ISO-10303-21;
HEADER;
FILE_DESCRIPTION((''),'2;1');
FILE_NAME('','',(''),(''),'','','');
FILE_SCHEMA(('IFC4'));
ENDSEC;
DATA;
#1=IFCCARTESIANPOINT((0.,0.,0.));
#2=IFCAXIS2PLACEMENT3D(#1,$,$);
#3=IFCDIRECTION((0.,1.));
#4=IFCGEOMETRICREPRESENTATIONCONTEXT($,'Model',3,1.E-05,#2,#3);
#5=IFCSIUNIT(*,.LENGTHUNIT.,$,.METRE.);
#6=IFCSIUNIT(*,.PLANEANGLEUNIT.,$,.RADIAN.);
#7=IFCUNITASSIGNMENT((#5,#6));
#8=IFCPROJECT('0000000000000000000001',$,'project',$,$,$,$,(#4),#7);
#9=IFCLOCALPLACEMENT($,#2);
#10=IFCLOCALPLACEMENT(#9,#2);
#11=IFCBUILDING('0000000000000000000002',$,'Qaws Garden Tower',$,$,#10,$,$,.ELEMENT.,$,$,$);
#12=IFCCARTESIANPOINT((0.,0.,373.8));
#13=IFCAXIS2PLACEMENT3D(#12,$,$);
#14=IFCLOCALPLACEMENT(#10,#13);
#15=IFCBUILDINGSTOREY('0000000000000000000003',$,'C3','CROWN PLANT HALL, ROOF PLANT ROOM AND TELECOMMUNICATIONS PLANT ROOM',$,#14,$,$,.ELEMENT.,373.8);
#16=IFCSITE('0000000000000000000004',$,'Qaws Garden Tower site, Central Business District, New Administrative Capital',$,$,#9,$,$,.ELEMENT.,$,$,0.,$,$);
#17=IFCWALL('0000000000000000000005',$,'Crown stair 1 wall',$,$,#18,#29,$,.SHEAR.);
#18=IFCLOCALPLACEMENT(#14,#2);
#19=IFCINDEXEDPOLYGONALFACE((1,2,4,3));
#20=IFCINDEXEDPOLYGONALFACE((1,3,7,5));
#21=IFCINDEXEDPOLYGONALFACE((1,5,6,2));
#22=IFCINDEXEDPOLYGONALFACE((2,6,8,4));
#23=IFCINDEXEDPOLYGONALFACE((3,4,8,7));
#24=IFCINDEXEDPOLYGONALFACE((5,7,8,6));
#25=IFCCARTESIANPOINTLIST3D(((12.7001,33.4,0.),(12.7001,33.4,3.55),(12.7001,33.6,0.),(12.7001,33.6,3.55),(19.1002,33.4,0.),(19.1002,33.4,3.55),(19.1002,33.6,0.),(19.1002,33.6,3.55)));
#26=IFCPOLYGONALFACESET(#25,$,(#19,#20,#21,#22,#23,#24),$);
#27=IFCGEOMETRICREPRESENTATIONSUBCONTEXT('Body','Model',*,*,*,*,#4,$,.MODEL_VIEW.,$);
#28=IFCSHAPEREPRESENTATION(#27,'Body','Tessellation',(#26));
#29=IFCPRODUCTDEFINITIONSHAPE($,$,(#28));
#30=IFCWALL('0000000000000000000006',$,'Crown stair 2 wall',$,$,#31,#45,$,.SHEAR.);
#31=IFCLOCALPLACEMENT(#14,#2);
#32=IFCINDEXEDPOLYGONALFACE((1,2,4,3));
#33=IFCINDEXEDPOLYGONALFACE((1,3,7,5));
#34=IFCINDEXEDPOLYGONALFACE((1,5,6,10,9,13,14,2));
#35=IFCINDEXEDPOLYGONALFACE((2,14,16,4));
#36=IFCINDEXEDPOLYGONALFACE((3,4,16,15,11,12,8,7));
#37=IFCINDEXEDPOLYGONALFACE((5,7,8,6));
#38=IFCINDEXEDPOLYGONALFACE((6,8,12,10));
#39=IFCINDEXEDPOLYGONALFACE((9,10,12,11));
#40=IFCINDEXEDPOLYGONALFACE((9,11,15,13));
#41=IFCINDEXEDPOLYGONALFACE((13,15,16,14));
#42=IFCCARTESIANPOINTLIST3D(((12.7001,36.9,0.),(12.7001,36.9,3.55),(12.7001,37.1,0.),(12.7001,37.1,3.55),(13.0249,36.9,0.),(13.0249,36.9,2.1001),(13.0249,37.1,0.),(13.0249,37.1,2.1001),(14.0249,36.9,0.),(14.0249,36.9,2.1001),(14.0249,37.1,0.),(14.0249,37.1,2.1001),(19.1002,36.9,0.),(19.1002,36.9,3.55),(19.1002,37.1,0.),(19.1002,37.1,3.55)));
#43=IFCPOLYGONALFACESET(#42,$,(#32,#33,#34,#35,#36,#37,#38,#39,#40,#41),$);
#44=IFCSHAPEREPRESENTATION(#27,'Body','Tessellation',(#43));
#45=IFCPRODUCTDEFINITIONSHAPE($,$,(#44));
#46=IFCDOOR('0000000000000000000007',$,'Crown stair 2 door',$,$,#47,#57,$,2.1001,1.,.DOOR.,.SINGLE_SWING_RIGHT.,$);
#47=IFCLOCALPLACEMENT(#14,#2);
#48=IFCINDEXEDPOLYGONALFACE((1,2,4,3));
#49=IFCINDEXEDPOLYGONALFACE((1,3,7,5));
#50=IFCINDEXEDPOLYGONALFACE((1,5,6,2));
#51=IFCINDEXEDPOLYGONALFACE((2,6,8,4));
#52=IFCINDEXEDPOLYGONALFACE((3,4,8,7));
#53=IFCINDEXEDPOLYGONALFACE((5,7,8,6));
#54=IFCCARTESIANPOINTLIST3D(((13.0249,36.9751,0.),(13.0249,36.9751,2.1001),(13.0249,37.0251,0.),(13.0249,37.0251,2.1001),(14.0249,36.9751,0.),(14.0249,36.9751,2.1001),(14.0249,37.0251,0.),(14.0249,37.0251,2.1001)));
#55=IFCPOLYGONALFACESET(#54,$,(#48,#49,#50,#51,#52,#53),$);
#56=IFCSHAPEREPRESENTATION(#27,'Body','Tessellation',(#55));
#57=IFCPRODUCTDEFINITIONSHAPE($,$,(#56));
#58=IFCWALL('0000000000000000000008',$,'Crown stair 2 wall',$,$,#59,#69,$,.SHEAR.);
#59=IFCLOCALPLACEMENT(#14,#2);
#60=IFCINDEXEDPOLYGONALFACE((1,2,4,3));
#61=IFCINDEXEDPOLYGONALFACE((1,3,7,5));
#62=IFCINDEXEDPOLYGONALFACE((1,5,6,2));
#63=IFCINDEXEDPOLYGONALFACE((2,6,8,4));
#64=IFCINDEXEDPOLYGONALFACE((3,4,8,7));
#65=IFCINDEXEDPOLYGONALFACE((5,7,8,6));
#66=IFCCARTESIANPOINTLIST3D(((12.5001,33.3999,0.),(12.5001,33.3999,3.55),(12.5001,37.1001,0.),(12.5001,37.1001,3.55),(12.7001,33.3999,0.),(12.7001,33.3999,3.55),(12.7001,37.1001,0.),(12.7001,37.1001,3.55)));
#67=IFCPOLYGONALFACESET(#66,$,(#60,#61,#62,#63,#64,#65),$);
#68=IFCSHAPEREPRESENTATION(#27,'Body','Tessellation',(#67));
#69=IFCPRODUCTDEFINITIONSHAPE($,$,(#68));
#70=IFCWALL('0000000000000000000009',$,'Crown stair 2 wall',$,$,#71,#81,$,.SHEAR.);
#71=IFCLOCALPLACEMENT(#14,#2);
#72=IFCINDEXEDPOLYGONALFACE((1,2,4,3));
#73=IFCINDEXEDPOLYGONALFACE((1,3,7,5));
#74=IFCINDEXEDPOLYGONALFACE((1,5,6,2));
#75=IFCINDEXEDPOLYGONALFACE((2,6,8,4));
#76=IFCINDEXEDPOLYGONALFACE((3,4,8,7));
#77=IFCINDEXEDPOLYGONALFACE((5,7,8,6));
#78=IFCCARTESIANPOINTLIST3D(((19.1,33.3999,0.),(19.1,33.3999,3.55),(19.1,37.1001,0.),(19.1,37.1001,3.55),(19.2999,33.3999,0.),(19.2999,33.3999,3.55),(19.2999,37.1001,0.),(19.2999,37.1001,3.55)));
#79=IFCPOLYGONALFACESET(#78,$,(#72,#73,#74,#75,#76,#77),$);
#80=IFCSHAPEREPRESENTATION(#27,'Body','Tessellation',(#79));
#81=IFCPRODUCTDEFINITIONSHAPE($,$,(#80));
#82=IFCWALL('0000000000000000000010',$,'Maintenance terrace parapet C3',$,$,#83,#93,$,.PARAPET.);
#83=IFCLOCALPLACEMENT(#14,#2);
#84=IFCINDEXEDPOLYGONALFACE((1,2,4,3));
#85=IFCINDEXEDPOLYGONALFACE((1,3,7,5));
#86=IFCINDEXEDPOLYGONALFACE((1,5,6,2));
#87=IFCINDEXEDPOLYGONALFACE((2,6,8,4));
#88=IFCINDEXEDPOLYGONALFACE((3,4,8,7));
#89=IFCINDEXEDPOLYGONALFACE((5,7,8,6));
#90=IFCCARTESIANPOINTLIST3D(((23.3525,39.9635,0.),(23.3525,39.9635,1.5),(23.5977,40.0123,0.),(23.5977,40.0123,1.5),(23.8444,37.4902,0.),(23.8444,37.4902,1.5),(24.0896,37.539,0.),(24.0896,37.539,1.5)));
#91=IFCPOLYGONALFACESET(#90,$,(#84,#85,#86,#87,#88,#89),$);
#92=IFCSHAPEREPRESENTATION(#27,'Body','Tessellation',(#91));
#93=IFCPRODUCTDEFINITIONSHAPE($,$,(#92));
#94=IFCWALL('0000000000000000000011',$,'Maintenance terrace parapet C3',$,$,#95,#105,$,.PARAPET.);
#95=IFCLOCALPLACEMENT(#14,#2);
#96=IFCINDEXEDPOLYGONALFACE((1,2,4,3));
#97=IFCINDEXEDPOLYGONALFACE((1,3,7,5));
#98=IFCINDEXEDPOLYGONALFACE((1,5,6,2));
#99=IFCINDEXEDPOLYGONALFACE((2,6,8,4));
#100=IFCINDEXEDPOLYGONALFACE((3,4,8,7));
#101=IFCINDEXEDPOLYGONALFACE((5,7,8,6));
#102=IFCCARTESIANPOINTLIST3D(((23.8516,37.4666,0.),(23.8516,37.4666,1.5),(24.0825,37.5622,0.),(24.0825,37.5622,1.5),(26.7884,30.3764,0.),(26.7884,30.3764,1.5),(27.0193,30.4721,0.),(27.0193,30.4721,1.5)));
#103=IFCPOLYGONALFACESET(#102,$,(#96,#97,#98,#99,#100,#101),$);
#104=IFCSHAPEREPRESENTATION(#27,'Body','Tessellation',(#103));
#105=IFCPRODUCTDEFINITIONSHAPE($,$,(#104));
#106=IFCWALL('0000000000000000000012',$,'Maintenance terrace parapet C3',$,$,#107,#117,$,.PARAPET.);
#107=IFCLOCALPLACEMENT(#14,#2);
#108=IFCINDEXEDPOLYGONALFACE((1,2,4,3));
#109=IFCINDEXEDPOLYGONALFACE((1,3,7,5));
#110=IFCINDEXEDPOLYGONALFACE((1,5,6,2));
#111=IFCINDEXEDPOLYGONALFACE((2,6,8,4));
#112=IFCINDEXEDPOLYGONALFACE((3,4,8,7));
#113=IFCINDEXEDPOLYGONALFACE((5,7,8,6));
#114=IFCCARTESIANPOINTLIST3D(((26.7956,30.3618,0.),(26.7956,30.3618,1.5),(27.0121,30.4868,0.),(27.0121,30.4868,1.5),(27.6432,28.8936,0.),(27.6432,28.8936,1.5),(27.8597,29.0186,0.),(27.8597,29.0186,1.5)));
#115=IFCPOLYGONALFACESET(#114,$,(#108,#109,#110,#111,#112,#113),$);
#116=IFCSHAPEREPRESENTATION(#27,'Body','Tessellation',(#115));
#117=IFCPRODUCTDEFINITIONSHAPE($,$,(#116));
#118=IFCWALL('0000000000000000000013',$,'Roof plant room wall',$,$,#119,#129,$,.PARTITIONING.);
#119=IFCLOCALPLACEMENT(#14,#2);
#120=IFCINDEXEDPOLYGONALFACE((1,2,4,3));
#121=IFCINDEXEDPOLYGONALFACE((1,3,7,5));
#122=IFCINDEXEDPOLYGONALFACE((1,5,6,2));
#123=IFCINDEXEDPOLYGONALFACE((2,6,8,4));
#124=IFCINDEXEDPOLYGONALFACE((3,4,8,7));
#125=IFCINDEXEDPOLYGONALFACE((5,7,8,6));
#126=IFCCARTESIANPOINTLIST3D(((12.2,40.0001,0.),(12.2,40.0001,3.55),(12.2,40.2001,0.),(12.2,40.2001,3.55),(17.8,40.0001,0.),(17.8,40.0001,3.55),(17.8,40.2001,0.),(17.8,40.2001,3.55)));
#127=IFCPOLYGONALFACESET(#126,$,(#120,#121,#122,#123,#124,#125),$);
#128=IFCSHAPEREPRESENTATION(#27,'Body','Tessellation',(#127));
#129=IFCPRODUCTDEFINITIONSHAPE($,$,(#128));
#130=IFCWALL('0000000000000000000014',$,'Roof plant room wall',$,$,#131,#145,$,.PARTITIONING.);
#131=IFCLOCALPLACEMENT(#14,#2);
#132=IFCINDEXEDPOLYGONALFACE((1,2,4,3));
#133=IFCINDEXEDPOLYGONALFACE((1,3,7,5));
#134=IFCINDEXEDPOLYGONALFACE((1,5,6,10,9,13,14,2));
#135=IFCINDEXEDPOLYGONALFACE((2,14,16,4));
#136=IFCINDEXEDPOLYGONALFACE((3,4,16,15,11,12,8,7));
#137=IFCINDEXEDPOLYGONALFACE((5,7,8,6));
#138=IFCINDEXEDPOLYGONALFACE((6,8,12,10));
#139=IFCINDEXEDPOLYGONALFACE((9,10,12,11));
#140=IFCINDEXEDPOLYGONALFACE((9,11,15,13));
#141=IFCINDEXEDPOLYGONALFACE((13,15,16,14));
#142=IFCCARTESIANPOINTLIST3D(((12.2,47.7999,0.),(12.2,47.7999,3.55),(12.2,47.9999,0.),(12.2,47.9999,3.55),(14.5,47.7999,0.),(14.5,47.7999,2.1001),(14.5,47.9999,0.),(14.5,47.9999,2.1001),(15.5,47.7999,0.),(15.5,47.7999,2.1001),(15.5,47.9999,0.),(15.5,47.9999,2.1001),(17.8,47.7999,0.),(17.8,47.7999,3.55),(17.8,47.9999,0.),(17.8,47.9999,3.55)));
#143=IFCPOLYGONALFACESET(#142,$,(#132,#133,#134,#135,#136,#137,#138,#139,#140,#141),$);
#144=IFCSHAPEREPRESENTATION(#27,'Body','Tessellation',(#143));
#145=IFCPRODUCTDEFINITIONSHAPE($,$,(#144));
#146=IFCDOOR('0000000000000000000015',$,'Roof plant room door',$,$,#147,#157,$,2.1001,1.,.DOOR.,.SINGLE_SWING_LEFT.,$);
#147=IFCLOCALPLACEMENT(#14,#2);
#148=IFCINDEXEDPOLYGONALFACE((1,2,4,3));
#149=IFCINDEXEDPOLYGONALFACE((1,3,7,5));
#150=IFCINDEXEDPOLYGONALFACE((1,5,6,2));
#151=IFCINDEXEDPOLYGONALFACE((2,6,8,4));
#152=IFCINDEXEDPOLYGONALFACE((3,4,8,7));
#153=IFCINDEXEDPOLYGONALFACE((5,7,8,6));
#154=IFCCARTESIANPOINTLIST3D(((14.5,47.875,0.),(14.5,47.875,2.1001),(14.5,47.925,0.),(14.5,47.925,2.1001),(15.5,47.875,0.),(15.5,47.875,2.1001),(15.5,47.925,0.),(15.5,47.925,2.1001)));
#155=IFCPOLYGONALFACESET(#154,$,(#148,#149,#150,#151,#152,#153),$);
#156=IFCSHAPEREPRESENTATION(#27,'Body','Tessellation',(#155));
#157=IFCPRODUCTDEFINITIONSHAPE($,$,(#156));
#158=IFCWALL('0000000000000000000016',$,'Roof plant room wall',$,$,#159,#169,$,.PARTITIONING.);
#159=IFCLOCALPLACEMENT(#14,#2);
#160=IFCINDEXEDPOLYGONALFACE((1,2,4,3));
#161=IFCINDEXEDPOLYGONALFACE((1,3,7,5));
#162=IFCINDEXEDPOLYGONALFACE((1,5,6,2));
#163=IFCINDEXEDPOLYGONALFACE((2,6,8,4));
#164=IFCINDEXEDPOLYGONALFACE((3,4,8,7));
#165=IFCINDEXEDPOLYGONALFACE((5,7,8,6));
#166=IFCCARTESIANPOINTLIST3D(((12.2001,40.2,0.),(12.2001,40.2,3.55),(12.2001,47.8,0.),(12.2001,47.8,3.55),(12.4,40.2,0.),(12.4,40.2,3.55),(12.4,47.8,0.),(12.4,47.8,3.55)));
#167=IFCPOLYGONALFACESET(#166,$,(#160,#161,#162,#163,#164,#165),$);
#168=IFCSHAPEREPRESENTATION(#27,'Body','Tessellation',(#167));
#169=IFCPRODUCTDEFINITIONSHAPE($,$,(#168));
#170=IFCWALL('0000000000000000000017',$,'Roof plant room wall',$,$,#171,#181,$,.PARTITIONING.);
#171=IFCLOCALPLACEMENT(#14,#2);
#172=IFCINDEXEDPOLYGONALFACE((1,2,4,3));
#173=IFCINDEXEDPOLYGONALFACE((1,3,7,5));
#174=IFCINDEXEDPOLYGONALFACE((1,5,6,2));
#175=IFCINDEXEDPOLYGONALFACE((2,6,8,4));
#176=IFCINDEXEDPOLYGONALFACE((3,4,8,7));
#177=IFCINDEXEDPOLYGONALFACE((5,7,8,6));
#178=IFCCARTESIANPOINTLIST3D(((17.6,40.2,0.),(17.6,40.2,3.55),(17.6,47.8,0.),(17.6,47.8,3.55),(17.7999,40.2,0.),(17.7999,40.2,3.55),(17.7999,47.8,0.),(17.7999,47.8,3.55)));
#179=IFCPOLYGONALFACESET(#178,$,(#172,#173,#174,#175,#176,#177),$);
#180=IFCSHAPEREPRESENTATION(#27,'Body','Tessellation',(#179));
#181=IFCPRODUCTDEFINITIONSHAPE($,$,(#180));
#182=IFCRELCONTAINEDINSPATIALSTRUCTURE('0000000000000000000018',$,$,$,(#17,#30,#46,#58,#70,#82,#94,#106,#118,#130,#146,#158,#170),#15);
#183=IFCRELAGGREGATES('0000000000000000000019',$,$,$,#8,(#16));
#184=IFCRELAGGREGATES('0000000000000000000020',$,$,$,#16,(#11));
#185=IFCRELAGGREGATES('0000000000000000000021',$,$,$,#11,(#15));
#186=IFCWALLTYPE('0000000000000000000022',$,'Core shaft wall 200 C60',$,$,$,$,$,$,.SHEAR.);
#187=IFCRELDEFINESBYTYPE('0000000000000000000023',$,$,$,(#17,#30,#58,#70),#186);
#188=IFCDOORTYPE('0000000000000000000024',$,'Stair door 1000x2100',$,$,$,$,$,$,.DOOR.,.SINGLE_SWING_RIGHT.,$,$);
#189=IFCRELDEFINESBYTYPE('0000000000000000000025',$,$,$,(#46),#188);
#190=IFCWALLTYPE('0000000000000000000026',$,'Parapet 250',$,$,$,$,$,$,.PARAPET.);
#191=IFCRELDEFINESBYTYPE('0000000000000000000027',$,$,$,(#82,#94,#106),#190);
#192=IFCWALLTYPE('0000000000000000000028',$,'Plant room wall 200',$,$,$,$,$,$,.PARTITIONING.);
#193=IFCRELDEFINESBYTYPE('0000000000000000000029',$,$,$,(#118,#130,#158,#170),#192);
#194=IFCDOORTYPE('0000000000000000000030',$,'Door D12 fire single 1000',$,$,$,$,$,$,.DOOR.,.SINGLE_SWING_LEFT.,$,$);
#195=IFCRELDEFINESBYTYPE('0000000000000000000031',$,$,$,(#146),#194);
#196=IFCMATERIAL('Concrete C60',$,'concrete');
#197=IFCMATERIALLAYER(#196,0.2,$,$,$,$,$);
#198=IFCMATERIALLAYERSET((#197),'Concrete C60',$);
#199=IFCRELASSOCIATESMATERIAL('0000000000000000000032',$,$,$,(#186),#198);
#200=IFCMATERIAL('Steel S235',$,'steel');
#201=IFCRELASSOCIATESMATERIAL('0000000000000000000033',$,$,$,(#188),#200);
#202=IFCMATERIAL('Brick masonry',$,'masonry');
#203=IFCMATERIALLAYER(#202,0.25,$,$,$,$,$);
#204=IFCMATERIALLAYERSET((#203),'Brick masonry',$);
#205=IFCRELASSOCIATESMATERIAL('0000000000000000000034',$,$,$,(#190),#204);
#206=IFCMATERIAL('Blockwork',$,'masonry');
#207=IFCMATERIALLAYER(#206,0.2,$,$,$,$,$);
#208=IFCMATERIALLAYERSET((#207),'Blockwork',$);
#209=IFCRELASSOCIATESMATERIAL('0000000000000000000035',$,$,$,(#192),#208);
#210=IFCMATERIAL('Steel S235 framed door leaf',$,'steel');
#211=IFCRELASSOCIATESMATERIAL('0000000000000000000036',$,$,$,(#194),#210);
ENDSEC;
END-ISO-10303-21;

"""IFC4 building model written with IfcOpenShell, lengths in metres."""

from ifc_helpers import new_model, si_unit, direction, frame, frame_2d, origin, place, context, subcontext, project, spatial, rectangle, extrude, material, layer, layer_set, type_object, element, fill, save


model = new_model("IFC4")

# Units and contexts
model_context = context("Model", 3, precision=1e-05, world=origin(), true_north=direction((0.0, 1.0)))
body_context = subcontext(model_context, "Body", "Model", "MODEL_VIEW")
ifc_project = project(units=[si_unit("LENGTHUNIT", "METRE"), si_unit("PLANEANGLEUNIT", "RADIAN")], contexts=[model_context])

# Site, building, storey
site_placement = place(None, origin())
site = spatial("IfcSite", under=ifc_project, at=site_placement, Name="Qaws Garden Tower site, Central Business District, New Administrative Capital", CompositionType="ELEMENT", RefElevation=0.0)
building_placement = place(site_placement, origin())
building = spatial("IfcBuilding", under=site, at=building_placement, Name="Qaws Garden Tower", CompositionType="ELEMENT")
storey_placement = place(building_placement, frame((0.0, 0.0, 373.8)))
storey = spatial("IfcBuildingStorey", under=building, at=storey_placement, Name="C3", Description="CROWN PLANT HALL, ROOF PLANT ROOM AND TELECOMMUNICATIONS PLANT ROOM", CompositionType="ELEMENT", Elevation=373.8)

# Wall
ifc_material_1 = material(Name="Concrete C60", Category="concrete")
ifc_layer_1 = layer(ifc_material_1, 0.2)
ifc_layer_set_1 = layer_set([ifc_layer_1], Name="Concrete C60")
wall_type_1 = type_object("IfcWallType", Name="Core shaft wall 200 C60", PredefinedType="SHEAR", material=ifc_layer_set_1)
wall_1_placement = place(storey_placement, frame((12.7, 33.5, 0.0), z_axis=(0.0, 0.0, 1.0), x_axis=(1.0, 0.0, 0.0)))
element("IfcWall", 1, at=wall_1_placement, inside=storey, type_object=wall_type_1, Name="Crown stair 1 wall", PredefinedType="SHEAR", context=body_context, shape_type="SweptSolid", body=[
    extrude(rectangle(XDim=6.4001, YDim=0.2, at=frame_2d((3.2002, 0.0))), origin(), (0.0, 0.0, 1.0), 3.55),
])

# Wall, opening, door
wall_2_placement = place(storey_placement, frame((12.7, 37.0, 0.0), z_axis=(0.0, 0.0, 1.0), x_axis=(1.0, 0.0, 0.0)))
wall_2 = element("IfcWall", 2, at=wall_2_placement, inside=storey, type_object=wall_type_1, Name="Crown stair 2 wall", PredefinedType="SHEAR", context=body_context, shape_type="SweptSolid", body=[
    extrude(rectangle(XDim=6.4001, YDim=0.2, at=frame_2d((3.2002, 0.0))), origin(), (0.0, 0.0, 1.0), 3.55),
])
opening_1_placement = place(wall_2_placement, frame((0.325, 0.0, 0.0)))
opening_1 = element("IfcOpeningElement", 3, at=opening_1_placement, cuts=wall_2, PredefinedType="OPENING", context=body_context, shape_type="SweptSolid", body=[
    extrude(rectangle(XDim=1.0, YDim=2.1001, at=frame_2d((0.5, 1.05))), frame((0.0, 0.1099, 0.0), z_axis=(0.0, -1.0, 0.0), x_axis=(1.0, 0.0, 0.0)), (0.0, 0.0, 1.0), 0.22),
])
ifc_material_2 = material(Name="Steel S235", Category="steel")
door_type_1 = type_object("IfcDoorType", Name="Stair door 1000x2100", OperationType="SINGLE_SWING_RIGHT", PredefinedType="DOOR", material=ifc_material_2)
door_1_placement = place(opening_1_placement, frame((1.0, 0.0, 0.0), z_axis=(0.0, 0.0, 1.0), x_axis=(-1.0, 0.0, 0.0)))
door_1 = element("IfcDoor", 4, at=door_1_placement, inside=storey, type_object=door_type_1, Name="Crown stair 2 door", OperationType="SINGLE_SWING_RIGHT", OverallHeight=2.1001, OverallWidth=1.0, PredefinedType="DOOR", context=body_context, shape_type="SweptSolid", body=[
    extrude(rectangle(XDim=1.0, YDim=2.1001, at=frame_2d((0.5, 1.05))), frame((0.0, 0.0249, 0.0), z_axis=(0.0, -1.0, 0.0), x_axis=(1.0, 0.0, 0.0)), (0.0, 0.0, 1.0), 0.05),
])
fill(opening_1, door_1)

# Walls
for number, where, z_axis, x_axis, name in (
    (5, (12.6001, 33.3999, 0.0), (0.0, 0.0, 1.0), (0.0, 1.0, 0.0), "Crown stair 2 wall"),
    (6, (19.2, 33.3999, 0.0), (0.0, 0.0, 1.0), (0.0, 1.0, 0.0), "Crown stair 2 wall"),
):
    element("IfcWall", number, at=place(storey_placement, frame(where, z_axis=z_axis, x_axis=x_axis)), inside=storey, type_object=wall_type_1, Name=name, PredefinedType="SHEAR", context=body_context, shape_type="SweptSolid", body=[
        extrude(rectangle(XDim=3.7002, YDim=0.2, at=frame_2d((1.8501, 0.0))), origin(), (0.0, 0.0, 1.0), 3.55),
    ])
ifc_material_3 = material(Name="Brick masonry", Category="masonry")
ifc_layer_2 = layer(ifc_material_3, 0.25)
ifc_layer_set_2 = layer_set([ifc_layer_2], Name="Brick masonry")
wall_type_2 = type_object("IfcWallType", Name="Parapet 250", PredefinedType="PARAPET", material=ifc_layer_set_2)
wall_3_placement = place(storey_placement, frame((23.4751, 39.9878, 0.0), z_axis=(0.0, 0.0, 1.0), x_axis=(0.195073, -0.980789, 0.0)))
element("IfcWall", 7, at=wall_3_placement, inside=storey, type_object=wall_type_2, Name="Maintenance terrace parapet C3", PredefinedType="PARAPET", context=body_context, shape_type="SweptSolid", body=[
    extrude(rectangle(XDim=2.5217, YDim=0.25, at=frame_2d((1.2607, 0.0))), origin(), (0.0, 0.0, 1.0), 1.5),
])
wall_4_placement = place(storey_placement, frame((23.967, 37.5144, 0.0), z_axis=(0.0, 0.0, 1.0), x_axis=(0.382679, -0.923882, 0.0)))
element("IfcWall", 8, at=wall_4_placement, inside=storey, type_object=wall_type_2, Name="Maintenance terrace parapet C3", PredefinedType="PARAPET", context=body_context, shape_type="SweptSolid", body=[
    extrude(rectangle(XDim=7.6743, YDim=0.25, at=frame_2d((3.8372, 0.0))), origin(), (0.0, 0.0, 1.0), 1.5),
])
wall_5_placement = place(storey_placement, frame((26.9038, 30.4243, 0.0), z_axis=(0.0, 0.0, 1.0), x_axis=(0.49998, -0.866037, 0.0)))
element("IfcWall", 9, at=wall_5_placement, inside=storey, type_object=wall_type_2, Name="Maintenance terrace parapet C3", PredefinedType="PARAPET", context=body_context, shape_type="SweptSolid", body=[
    extrude(rectangle(XDim=1.6953, YDim=0.25, at=frame_2d((0.8477, 0.0))), origin(), (0.0, 0.0, 1.0), 1.5),
])
ifc_material_4 = material(Name="Blockwork", Category="masonry")
ifc_layer_3 = layer(ifc_material_4, 0.2)
ifc_layer_set_3 = layer_set([ifc_layer_3], Name="Blockwork")
wall_type_3 = type_object("IfcWallType", Name="Plant room wall 200", PredefinedType="PARTITIONING", material=ifc_layer_set_3)
wall_6_placement = place(storey_placement, frame((12.2, 40.1001, 0.0), z_axis=(0.0, 0.0, 1.0), x_axis=(1.0, 0.0, 0.0)))
element("IfcWall", 10, at=wall_6_placement, inside=storey, type_object=wall_type_3, Name="Roof plant room wall", PredefinedType="PARTITIONING", context=body_context, shape_type="SweptSolid", body=[
    extrude(rectangle(XDim=5.6001, YDim=0.2, at=frame_2d((2.8, 0.0))), origin(), (0.0, 0.0, 1.0), 3.55),
])

# Wall, opening, door
wall_7_placement = place(storey_placement, frame((12.2, 47.8999, 0.0), z_axis=(0.0, 0.0, 1.0), x_axis=(1.0, 0.0, 0.0)))
wall_7 = element("IfcWall", 11, at=wall_7_placement, inside=storey, type_object=wall_type_3, Name="Roof plant room wall", PredefinedType="PARTITIONING", context=body_context, shape_type="SweptSolid", body=[
    extrude(rectangle(XDim=5.6001, YDim=0.2, at=frame_2d((2.8, 0.0))), origin(), (0.0, 0.0, 1.0), 3.55),
])
opening_2_placement = place(wall_7_placement, frame((2.3, 0.0, 0.0)))
opening_2 = element("IfcOpeningElement", 12, at=opening_2_placement, cuts=wall_7, PredefinedType="OPENING", context=body_context, shape_type="SweptSolid", body=[
    extrude(rectangle(XDim=1.0, YDim=2.1001, at=frame_2d((0.5, 1.05))), frame((0.0, 0.1099, 0.0), z_axis=(0.0, -1.0, 0.0), x_axis=(1.0, 0.0, 0.0)), (0.0, 0.0, 1.0), 0.22),
])
ifc_material_5 = material(Name="Steel S235 framed door leaf", Category="steel")
door_type_2 = type_object("IfcDoorType", Name="Door D12 fire single 1000", OperationType="SINGLE_SWING_LEFT", PredefinedType="DOOR", material=ifc_material_5)
door_2_placement = place(opening_2_placement, frame((1.0, 0.0, 0.0), z_axis=(0.0, 0.0, 1.0), x_axis=(-1.0, 0.0, 0.0)))
door_2 = element("IfcDoor", 13, at=door_2_placement, inside=storey, type_object=door_type_2, Name="Roof plant room door", OperationType="SINGLE_SWING_LEFT", OverallHeight=2.1001, OverallWidth=1.0, PredefinedType="DOOR", context=body_context, shape_type="SweptSolid", body=[
    extrude(rectangle(XDim=1.0, YDim=2.1001, at=frame_2d((0.5, 1.05))), frame((0.0, 0.0249, 0.0), z_axis=(0.0, -1.0, 0.0), x_axis=(1.0, 0.0, 0.0)), (0.0, 0.0, 1.0), 0.05),
])
fill(opening_2, door_2)

# Walls
for number, where, z_axis, x_axis, name in (
    (14, (12.3, 40.2, 0.0), (0.0, 0.0, 1.0), (0.0, 1.0, 0.0), "Roof plant room wall"),
    (15, (17.7, 40.2, 0.0), (0.0, 0.0, 1.0), (0.0, 1.0, 0.0), "Roof plant room wall"),
):
    element("IfcWall", number, at=place(storey_placement, frame(where, z_axis=z_axis, x_axis=x_axis)), inside=storey, type_object=wall_type_3, Name=name, PredefinedType="PARTITIONING", context=body_context, shape_type="SweptSolid", body=[
        extrude(rectangle(XDim=7.6001, YDim=0.2, at=frame_2d((3.8, 0.0))), origin(), (0.0, 0.0, 1.0), 3.55),
    ])

save(model, "model.ifc")
